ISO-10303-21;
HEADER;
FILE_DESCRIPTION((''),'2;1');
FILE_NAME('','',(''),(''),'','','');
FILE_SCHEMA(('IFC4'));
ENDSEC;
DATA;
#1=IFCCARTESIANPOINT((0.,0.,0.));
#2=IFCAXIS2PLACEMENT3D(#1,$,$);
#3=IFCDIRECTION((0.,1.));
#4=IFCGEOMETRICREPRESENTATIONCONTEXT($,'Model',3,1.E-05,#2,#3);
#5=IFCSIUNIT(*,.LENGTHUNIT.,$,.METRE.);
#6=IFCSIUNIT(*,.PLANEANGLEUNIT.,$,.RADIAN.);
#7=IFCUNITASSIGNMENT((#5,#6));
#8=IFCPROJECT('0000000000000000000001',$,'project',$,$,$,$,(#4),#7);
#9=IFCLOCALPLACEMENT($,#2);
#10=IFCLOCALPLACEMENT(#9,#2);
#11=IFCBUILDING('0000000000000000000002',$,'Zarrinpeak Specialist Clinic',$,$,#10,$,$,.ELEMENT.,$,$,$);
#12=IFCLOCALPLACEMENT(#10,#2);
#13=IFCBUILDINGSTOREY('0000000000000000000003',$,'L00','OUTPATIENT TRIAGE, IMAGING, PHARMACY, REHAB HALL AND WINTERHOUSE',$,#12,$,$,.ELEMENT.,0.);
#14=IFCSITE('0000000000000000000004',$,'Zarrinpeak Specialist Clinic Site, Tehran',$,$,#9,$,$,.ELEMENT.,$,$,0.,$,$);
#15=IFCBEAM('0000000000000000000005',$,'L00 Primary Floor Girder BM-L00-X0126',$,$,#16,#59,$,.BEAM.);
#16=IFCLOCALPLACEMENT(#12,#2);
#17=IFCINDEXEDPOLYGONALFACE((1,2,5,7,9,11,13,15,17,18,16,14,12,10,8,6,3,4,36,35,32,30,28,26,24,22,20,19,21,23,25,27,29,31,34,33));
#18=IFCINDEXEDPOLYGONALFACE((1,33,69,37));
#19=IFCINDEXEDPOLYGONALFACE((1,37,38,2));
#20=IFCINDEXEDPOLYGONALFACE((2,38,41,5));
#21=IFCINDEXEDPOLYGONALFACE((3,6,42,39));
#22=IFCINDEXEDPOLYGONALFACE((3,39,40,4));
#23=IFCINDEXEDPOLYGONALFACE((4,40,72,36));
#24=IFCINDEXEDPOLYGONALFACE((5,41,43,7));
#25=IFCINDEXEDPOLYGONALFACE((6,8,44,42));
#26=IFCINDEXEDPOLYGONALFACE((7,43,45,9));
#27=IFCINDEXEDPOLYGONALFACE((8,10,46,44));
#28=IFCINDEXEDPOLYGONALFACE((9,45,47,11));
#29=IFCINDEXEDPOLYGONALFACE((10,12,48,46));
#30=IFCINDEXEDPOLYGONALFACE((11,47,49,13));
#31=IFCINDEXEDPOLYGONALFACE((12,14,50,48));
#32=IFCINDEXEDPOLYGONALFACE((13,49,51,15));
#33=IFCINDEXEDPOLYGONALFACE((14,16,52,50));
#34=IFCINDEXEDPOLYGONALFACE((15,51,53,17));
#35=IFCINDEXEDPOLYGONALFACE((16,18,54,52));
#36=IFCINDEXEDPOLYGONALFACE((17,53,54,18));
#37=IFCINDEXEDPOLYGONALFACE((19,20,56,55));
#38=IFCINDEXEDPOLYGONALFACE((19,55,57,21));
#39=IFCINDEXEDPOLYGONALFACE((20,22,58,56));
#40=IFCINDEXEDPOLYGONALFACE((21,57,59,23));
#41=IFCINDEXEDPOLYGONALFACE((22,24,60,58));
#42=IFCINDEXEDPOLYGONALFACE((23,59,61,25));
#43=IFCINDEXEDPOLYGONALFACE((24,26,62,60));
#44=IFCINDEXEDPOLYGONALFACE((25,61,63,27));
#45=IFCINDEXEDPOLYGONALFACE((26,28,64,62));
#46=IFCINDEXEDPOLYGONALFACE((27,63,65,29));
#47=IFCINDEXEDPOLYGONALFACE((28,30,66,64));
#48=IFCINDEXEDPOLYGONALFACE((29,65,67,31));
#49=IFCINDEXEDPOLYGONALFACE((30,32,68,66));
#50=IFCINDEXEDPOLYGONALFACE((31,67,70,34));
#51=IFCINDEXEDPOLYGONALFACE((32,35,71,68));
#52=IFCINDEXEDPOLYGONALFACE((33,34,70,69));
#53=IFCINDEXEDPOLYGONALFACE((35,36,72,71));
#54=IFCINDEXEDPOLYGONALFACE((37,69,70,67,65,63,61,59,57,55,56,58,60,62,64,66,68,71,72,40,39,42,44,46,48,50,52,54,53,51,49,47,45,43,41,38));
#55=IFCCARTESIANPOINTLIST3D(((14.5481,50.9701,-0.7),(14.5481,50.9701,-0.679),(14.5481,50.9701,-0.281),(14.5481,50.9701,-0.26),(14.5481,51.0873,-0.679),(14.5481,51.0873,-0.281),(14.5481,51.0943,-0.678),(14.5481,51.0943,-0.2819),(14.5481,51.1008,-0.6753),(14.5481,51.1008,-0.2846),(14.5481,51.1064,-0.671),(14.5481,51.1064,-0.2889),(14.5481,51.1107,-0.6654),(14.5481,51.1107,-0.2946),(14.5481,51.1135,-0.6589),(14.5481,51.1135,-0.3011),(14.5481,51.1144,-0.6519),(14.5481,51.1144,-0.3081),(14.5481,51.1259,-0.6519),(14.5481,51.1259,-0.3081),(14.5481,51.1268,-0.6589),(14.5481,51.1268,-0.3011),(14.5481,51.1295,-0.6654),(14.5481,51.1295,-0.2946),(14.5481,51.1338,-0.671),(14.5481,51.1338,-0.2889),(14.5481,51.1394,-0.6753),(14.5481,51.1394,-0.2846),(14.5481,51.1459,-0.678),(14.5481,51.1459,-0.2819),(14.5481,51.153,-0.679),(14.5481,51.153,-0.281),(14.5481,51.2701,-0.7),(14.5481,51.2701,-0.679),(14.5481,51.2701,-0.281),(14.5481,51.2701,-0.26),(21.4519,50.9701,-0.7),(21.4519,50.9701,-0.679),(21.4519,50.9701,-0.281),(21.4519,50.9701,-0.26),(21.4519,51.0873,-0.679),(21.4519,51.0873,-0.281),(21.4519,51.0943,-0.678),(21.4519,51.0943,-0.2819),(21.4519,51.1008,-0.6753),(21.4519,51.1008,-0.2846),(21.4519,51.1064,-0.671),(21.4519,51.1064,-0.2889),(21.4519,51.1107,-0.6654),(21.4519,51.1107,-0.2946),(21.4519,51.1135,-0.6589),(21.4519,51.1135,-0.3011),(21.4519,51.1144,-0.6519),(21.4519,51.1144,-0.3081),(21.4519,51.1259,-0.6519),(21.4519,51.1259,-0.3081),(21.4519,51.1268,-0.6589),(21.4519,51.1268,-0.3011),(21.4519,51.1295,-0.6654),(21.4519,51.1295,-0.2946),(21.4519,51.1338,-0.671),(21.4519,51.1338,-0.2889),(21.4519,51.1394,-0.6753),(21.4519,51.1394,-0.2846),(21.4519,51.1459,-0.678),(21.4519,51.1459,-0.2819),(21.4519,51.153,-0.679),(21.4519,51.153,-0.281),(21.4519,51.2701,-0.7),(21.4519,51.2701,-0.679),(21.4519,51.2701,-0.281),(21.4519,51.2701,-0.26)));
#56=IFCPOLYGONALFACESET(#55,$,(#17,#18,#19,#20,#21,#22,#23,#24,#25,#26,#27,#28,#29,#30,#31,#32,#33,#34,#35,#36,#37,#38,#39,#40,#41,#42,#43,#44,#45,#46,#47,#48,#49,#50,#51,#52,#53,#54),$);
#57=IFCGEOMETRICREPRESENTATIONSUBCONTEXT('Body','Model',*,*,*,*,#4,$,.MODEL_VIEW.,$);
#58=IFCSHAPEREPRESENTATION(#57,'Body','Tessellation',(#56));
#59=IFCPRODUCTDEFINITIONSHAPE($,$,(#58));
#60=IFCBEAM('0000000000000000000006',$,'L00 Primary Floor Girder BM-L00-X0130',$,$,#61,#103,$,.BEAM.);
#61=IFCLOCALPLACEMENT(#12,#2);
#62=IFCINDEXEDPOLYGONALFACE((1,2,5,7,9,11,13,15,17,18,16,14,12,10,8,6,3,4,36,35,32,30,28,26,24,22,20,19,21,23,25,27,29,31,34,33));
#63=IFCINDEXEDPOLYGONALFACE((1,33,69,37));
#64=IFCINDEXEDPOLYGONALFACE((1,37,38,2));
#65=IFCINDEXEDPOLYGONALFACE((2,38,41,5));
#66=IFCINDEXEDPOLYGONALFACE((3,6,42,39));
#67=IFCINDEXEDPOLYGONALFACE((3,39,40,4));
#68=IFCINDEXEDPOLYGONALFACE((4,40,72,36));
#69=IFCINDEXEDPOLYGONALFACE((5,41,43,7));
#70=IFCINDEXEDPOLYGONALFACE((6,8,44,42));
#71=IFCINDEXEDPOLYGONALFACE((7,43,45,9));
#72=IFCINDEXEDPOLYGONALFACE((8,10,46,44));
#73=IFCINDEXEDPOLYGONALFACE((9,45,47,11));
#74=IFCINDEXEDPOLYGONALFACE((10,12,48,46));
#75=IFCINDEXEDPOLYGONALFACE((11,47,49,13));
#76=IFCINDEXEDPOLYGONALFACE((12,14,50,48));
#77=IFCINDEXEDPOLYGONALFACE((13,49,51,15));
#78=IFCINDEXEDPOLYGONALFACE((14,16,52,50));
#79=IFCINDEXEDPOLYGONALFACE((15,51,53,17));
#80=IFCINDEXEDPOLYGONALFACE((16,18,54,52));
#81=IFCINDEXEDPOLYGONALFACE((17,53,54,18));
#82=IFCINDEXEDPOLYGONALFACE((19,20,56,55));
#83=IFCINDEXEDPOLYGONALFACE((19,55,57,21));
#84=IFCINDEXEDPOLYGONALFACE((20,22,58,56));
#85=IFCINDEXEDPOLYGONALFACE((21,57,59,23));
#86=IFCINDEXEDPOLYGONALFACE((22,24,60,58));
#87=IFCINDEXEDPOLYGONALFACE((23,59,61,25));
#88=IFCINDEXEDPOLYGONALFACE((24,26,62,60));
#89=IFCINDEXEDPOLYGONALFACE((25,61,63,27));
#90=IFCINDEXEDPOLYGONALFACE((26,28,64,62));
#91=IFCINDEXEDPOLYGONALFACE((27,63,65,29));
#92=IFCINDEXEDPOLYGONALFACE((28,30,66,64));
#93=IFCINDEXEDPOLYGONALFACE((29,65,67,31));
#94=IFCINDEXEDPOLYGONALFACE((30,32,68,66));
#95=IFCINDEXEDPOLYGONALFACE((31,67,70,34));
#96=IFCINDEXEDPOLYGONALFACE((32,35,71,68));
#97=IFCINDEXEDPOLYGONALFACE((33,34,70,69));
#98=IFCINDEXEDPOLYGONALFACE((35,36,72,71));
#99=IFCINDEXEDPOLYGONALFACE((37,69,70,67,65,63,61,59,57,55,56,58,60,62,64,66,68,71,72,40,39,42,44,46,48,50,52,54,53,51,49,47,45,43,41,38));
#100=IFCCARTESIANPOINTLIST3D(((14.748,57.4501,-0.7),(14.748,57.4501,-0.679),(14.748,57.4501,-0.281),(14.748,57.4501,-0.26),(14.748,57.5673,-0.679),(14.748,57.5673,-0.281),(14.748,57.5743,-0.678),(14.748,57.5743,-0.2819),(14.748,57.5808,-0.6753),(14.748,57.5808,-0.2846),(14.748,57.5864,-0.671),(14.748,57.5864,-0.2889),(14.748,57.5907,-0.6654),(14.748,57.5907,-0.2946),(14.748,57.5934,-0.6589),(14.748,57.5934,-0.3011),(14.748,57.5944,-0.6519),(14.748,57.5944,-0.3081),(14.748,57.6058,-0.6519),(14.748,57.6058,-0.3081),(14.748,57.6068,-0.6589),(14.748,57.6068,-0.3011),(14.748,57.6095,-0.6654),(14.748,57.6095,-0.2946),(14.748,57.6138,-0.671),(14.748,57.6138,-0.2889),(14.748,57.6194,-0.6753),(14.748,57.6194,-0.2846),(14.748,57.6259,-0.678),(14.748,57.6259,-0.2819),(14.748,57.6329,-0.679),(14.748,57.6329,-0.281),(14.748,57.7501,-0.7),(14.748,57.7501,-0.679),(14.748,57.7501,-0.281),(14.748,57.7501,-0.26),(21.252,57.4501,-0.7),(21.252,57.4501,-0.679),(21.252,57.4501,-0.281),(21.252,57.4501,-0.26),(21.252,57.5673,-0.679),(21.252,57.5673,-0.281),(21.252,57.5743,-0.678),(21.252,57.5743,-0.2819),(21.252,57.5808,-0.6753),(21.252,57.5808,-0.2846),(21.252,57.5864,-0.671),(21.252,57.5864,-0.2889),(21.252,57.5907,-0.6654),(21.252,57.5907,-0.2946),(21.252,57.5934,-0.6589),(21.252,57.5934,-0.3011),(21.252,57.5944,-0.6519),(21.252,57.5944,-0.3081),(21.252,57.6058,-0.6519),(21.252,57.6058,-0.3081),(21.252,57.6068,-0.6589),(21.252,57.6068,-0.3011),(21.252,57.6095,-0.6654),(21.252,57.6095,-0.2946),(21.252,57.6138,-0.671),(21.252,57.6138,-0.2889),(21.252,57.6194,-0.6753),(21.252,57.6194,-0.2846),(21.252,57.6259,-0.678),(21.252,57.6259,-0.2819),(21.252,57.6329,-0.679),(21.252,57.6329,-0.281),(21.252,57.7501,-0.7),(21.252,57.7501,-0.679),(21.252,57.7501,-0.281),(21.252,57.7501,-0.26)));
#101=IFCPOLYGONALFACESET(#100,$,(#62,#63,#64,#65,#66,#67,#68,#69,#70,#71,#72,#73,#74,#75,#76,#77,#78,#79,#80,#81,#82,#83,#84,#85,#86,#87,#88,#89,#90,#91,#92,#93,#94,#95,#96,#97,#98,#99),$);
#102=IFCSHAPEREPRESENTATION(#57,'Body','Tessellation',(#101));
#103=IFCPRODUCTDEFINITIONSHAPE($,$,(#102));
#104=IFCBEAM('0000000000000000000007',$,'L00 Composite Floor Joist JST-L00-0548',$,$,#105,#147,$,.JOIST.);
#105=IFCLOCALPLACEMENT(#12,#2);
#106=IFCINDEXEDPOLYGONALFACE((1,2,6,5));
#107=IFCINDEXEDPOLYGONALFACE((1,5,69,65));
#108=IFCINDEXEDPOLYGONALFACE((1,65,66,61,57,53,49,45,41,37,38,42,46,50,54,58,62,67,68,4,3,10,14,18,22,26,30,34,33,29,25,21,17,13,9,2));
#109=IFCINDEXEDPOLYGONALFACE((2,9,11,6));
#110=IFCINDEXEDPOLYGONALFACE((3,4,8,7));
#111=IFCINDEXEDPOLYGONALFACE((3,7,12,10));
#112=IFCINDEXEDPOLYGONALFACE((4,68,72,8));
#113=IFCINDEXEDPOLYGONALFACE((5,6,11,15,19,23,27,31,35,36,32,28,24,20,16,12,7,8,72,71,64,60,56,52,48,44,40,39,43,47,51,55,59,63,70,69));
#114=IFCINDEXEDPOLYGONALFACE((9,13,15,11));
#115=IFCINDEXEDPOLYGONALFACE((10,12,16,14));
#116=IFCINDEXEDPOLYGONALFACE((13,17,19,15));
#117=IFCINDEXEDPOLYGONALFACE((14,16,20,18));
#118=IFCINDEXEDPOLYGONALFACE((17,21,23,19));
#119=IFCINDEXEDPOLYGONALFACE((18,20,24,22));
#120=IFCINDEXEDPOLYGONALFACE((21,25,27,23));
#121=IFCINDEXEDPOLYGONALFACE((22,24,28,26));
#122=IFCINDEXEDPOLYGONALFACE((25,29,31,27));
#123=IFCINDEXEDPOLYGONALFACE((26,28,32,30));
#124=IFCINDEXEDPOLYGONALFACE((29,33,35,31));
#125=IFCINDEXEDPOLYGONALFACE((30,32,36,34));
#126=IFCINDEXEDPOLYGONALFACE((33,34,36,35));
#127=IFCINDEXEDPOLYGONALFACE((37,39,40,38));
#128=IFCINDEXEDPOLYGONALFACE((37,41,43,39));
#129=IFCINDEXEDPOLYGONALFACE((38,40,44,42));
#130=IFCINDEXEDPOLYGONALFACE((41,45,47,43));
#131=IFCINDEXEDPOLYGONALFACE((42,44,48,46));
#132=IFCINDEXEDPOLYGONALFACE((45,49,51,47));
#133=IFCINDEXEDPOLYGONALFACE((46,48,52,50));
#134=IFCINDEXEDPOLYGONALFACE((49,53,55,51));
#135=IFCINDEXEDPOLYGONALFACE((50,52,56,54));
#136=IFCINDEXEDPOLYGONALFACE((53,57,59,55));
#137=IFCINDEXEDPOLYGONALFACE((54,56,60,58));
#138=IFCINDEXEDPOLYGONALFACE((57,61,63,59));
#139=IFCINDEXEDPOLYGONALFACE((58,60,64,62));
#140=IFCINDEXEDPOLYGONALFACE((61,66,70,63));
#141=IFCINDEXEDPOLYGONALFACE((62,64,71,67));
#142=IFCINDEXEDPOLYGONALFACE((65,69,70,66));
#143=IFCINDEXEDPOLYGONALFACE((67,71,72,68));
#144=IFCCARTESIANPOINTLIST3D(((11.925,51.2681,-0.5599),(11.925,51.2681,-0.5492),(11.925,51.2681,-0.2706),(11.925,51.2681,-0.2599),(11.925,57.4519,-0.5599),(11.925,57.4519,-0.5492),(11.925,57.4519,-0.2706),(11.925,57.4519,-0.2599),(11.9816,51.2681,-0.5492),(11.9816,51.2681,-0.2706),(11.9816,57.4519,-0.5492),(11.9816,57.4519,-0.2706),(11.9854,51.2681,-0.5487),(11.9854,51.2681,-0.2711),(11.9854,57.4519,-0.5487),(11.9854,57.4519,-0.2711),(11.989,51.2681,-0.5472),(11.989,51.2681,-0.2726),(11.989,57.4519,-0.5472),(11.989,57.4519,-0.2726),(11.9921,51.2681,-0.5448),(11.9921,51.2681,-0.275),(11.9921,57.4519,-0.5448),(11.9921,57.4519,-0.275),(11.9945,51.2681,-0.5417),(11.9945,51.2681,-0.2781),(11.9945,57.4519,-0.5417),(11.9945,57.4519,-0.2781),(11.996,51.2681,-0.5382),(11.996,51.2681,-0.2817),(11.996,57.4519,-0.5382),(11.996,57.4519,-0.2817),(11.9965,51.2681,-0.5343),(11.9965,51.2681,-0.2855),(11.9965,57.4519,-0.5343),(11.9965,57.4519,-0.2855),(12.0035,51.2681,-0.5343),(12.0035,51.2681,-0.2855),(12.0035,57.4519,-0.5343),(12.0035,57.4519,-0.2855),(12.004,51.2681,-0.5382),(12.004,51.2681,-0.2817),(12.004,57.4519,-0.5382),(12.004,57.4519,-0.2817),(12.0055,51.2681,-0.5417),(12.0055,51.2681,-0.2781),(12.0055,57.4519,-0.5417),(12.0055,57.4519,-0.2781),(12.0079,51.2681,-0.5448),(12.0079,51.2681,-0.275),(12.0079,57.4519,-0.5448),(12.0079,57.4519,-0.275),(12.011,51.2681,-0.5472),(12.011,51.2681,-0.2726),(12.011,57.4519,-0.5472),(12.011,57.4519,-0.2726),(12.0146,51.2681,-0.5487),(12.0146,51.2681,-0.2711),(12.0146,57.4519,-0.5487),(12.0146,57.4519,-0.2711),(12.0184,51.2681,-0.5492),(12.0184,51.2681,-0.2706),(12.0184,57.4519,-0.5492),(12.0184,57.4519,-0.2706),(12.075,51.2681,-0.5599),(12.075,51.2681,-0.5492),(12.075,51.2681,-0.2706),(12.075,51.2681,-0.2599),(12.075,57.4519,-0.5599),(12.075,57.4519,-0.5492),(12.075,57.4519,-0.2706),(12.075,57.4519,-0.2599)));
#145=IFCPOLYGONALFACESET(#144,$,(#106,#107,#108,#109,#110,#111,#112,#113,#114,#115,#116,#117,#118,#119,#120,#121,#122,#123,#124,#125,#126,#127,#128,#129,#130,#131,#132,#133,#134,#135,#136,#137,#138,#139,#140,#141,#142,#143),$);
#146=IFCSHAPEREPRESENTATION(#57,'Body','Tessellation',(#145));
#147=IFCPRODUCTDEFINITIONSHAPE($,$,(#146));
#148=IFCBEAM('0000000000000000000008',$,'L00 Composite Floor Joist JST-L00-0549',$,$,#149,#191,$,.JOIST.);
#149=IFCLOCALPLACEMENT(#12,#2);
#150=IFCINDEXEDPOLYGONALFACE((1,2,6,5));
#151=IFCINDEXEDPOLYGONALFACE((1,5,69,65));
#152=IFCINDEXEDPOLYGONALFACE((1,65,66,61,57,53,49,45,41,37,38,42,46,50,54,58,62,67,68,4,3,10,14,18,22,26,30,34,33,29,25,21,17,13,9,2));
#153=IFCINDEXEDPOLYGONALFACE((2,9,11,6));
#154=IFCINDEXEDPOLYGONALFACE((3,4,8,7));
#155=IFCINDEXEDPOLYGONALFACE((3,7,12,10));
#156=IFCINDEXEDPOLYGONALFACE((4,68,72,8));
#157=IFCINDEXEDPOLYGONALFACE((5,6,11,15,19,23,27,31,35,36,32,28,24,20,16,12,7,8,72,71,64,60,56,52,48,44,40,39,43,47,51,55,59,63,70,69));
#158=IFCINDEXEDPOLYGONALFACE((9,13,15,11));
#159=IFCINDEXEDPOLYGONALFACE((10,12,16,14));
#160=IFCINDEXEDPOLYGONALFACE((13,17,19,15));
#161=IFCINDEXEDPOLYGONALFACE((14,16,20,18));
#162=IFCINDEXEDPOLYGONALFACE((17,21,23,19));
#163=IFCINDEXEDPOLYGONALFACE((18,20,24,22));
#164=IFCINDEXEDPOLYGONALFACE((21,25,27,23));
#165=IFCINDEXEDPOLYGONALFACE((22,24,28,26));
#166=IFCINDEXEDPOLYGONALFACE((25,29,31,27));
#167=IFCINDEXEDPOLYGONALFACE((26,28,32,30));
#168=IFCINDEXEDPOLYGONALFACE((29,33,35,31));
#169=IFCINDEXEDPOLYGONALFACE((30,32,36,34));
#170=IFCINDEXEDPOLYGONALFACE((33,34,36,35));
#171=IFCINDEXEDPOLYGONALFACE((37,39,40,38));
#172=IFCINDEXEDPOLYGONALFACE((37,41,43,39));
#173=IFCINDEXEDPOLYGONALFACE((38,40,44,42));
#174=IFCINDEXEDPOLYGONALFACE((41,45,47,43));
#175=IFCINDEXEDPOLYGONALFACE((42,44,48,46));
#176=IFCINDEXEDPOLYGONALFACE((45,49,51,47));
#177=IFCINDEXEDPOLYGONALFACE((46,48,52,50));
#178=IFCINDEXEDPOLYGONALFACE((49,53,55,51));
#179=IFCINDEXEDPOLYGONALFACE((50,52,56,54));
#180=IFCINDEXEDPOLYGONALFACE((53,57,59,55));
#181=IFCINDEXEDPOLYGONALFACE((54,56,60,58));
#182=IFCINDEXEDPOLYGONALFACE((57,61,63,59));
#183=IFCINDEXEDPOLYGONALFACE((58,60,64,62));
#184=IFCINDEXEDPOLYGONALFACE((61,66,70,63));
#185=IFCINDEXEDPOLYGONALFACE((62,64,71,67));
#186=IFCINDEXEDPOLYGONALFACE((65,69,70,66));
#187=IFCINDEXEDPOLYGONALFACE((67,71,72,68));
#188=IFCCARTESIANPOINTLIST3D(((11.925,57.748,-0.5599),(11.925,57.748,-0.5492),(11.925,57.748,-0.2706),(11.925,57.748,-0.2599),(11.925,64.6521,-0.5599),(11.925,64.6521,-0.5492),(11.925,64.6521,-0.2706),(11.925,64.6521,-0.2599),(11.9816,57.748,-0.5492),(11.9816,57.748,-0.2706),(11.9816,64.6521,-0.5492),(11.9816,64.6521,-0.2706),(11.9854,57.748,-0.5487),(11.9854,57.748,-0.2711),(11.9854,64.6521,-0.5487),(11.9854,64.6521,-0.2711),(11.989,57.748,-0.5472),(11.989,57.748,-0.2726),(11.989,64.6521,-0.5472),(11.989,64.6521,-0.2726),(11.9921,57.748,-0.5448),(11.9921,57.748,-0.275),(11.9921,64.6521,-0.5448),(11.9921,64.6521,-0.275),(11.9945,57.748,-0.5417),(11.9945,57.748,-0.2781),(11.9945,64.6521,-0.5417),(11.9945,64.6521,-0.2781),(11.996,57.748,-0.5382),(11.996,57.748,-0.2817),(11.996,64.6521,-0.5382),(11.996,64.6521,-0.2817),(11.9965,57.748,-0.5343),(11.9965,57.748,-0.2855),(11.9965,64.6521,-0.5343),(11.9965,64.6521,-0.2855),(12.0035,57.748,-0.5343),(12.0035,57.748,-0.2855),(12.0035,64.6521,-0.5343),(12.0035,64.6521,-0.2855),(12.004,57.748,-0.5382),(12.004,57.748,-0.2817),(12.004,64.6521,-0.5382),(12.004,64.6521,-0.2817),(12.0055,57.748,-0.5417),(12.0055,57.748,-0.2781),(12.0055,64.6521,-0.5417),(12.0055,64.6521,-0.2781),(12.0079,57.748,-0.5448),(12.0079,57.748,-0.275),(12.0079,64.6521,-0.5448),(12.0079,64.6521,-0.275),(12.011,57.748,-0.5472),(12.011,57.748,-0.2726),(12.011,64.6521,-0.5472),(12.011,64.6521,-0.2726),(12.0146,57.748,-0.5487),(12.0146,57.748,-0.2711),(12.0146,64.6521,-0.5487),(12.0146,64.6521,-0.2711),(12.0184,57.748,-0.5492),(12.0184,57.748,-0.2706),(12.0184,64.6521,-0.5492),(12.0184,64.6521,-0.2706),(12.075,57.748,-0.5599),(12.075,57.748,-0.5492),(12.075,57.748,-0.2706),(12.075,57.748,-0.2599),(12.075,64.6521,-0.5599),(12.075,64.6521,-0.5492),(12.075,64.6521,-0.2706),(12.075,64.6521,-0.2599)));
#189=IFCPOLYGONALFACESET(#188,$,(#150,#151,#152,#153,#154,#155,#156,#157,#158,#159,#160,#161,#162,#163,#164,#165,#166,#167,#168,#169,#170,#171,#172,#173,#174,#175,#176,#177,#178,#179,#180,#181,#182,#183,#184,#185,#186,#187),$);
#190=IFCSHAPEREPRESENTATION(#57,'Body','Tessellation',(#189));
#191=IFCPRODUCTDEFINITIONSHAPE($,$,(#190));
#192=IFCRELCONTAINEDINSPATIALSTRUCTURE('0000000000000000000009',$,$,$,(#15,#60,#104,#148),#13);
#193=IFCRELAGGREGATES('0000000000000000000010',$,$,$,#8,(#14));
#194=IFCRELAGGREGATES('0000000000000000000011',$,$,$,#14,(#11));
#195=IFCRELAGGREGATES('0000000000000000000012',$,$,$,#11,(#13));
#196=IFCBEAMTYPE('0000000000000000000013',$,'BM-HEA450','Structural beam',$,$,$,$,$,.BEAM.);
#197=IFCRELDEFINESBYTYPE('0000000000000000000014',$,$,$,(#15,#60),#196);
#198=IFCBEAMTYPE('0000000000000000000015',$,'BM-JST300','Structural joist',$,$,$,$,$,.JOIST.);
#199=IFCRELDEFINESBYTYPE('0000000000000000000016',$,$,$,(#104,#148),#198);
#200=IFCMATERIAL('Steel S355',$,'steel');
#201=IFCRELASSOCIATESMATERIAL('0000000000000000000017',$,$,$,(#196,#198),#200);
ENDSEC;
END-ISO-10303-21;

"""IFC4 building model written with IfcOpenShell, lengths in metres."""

from ifc_helpers import new_model, si_unit, direction, frame, origin, origin_2d, place, context, subcontext, project, spatial, i_section, extrude, material, material_profile, profile_set, type_object, element, save


model = new_model("IFC4")

# Units and contexts
model_context = context("Model", 3, precision=1e-05, world=origin(), true_north=direction((0.0, 1.0)))
body_context = subcontext(model_context, "Body", "Model", "MODEL_VIEW")
ifc_project = project(units=[si_unit("LENGTHUNIT", "METRE"), si_unit("PLANEANGLEUNIT", "RADIAN")], contexts=[model_context])

# Site, building, storey
site_placement = place(None, origin())
site = spatial("IfcSite", under=ifc_project, at=site_placement, Name="Zarrinpeak Specialist Clinic Site, Tehran", CompositionType="ELEMENT", RefElevation=0.0)
building_placement = place(site_placement, origin())
building = spatial("IfcBuilding", under=site, at=building_placement, Name="Zarrinpeak Specialist Clinic", CompositionType="ELEMENT")
storey_placement = place(building_placement, origin())
storey = spatial("IfcBuildingStorey", under=building, at=storey_placement, Name="L00", Description="OUTPATIENT TRIAGE, IMAGING, PHARMACY, REHAB HALL AND WINTERHOUSE", CompositionType="ELEMENT", Elevation=0.0)

# Shared definitions
ifc_material_1 = material(Name="Steel S355", Category="steel")

# Beams
ifc_material_profile_1 = material_profile(ifc_material_1, i_section(OverallWidth=0.3, OverallDepth=0.4399, WebThickness=0.0115, FlangeThickness=0.021, FilletRadius=0.0271, at=origin_2d()), Name="HEA 450")
ifc_profile_set_1 = profile_set([ifc_material_profile_1], Name="Steel S355")
beam_type_1 = type_object("IfcBeamType", Name="BM-HEA450", Description="Structural beam", PredefinedType="BEAM", material=ifc_profile_set_1)
beam_1_placement = place(storey_placement, frame((14.5481, 51.1201, -0.48), z_axis=(1.0, 0.0, 0.0), x_axis=(0.0, 1.0, 0.0)))
element("IfcBeam", 1, at=beam_1_placement, inside=storey, type_object=beam_type_1, Name="L00 Primary Floor Girder BM-L00-X0126", PredefinedType="BEAM", context=body_context, shape_type="SweptSolid", body=[
    extrude(i_section(OverallWidth=0.3, OverallDepth=0.4399, WebThickness=0.0115, FlangeThickness=0.021, FilletRadius=0.0271, at=origin_2d()), origin(), (0.0, 0.0, 1.0), 6.9038),
])
beam_2_placement = place(storey_placement, frame((14.748, 57.6001, -0.48), z_axis=(1.0, 0.0, 0.0), x_axis=(0.0, 1.0, 0.0)))
element("IfcBeam", 2, at=beam_2_placement, inside=storey, type_object=beam_type_1, Name="L00 Primary Floor Girder BM-L00-X0130", PredefinedType="BEAM", context=body_context, shape_type="SweptSolid", body=[
    extrude(i_section(OverallWidth=0.3, OverallDepth=0.4399, WebThickness=0.0115, FlangeThickness=0.021, FilletRadius=0.0271, at=origin_2d()), origin(), (0.0, 0.0, 1.0), 6.5039),
])
ifc_material_profile_2 = material_profile(ifc_material_1, i_section(OverallWidth=0.1499, OverallDepth=0.3, WebThickness=0.0071, FlangeThickness=0.0107, FilletRadius=0.0149, at=origin_2d()), Name="IPE 300")
ifc_profile_set_2 = profile_set([ifc_material_profile_2], Name="Steel S355")
beam_type_2 = type_object("IfcBeamType", Name="BM-JST300", Description="Structural joist", PredefinedType="JOIST", material=ifc_profile_set_2)
beam_3_placement = place(storey_placement, frame((12.0, 51.2681, -0.4099), z_axis=(0.0, 1.0, 0.0), x_axis=(-1.0, 0.0, 0.0)))
element("IfcBeam", 3, at=beam_3_placement, inside=storey, type_object=beam_type_2, Name="L00 Composite Floor Joist JST-L00-0548", PredefinedType="JOIST", context=body_context, shape_type="SweptSolid", body=[
    extrude(i_section(OverallWidth=0.1499, OverallDepth=0.3, WebThickness=0.0071, FlangeThickness=0.0107, FilletRadius=0.0149, at=origin_2d()), origin(), (0.0, 0.0, 1.0), 6.1838),
])
beam_4_placement = place(storey_placement, frame((12.0, 57.748, -0.4099), z_axis=(0.0, 1.0, 0.0), x_axis=(-1.0, 0.0, 0.0)))
element("IfcBeam", 4, at=beam_4_placement, inside=storey, type_object=beam_type_2, Name="L00 Composite Floor Joist JST-L00-0549", PredefinedType="JOIST", context=body_context, shape_type="SweptSolid", body=[
    extrude(i_section(OverallWidth=0.1499, OverallDepth=0.3, WebThickness=0.0071, FlangeThickness=0.0107, FilletRadius=0.0149, at=origin_2d()), origin(), (0.0, 0.0, 1.0), 6.9041),
])

save(model, "model.ifc")
